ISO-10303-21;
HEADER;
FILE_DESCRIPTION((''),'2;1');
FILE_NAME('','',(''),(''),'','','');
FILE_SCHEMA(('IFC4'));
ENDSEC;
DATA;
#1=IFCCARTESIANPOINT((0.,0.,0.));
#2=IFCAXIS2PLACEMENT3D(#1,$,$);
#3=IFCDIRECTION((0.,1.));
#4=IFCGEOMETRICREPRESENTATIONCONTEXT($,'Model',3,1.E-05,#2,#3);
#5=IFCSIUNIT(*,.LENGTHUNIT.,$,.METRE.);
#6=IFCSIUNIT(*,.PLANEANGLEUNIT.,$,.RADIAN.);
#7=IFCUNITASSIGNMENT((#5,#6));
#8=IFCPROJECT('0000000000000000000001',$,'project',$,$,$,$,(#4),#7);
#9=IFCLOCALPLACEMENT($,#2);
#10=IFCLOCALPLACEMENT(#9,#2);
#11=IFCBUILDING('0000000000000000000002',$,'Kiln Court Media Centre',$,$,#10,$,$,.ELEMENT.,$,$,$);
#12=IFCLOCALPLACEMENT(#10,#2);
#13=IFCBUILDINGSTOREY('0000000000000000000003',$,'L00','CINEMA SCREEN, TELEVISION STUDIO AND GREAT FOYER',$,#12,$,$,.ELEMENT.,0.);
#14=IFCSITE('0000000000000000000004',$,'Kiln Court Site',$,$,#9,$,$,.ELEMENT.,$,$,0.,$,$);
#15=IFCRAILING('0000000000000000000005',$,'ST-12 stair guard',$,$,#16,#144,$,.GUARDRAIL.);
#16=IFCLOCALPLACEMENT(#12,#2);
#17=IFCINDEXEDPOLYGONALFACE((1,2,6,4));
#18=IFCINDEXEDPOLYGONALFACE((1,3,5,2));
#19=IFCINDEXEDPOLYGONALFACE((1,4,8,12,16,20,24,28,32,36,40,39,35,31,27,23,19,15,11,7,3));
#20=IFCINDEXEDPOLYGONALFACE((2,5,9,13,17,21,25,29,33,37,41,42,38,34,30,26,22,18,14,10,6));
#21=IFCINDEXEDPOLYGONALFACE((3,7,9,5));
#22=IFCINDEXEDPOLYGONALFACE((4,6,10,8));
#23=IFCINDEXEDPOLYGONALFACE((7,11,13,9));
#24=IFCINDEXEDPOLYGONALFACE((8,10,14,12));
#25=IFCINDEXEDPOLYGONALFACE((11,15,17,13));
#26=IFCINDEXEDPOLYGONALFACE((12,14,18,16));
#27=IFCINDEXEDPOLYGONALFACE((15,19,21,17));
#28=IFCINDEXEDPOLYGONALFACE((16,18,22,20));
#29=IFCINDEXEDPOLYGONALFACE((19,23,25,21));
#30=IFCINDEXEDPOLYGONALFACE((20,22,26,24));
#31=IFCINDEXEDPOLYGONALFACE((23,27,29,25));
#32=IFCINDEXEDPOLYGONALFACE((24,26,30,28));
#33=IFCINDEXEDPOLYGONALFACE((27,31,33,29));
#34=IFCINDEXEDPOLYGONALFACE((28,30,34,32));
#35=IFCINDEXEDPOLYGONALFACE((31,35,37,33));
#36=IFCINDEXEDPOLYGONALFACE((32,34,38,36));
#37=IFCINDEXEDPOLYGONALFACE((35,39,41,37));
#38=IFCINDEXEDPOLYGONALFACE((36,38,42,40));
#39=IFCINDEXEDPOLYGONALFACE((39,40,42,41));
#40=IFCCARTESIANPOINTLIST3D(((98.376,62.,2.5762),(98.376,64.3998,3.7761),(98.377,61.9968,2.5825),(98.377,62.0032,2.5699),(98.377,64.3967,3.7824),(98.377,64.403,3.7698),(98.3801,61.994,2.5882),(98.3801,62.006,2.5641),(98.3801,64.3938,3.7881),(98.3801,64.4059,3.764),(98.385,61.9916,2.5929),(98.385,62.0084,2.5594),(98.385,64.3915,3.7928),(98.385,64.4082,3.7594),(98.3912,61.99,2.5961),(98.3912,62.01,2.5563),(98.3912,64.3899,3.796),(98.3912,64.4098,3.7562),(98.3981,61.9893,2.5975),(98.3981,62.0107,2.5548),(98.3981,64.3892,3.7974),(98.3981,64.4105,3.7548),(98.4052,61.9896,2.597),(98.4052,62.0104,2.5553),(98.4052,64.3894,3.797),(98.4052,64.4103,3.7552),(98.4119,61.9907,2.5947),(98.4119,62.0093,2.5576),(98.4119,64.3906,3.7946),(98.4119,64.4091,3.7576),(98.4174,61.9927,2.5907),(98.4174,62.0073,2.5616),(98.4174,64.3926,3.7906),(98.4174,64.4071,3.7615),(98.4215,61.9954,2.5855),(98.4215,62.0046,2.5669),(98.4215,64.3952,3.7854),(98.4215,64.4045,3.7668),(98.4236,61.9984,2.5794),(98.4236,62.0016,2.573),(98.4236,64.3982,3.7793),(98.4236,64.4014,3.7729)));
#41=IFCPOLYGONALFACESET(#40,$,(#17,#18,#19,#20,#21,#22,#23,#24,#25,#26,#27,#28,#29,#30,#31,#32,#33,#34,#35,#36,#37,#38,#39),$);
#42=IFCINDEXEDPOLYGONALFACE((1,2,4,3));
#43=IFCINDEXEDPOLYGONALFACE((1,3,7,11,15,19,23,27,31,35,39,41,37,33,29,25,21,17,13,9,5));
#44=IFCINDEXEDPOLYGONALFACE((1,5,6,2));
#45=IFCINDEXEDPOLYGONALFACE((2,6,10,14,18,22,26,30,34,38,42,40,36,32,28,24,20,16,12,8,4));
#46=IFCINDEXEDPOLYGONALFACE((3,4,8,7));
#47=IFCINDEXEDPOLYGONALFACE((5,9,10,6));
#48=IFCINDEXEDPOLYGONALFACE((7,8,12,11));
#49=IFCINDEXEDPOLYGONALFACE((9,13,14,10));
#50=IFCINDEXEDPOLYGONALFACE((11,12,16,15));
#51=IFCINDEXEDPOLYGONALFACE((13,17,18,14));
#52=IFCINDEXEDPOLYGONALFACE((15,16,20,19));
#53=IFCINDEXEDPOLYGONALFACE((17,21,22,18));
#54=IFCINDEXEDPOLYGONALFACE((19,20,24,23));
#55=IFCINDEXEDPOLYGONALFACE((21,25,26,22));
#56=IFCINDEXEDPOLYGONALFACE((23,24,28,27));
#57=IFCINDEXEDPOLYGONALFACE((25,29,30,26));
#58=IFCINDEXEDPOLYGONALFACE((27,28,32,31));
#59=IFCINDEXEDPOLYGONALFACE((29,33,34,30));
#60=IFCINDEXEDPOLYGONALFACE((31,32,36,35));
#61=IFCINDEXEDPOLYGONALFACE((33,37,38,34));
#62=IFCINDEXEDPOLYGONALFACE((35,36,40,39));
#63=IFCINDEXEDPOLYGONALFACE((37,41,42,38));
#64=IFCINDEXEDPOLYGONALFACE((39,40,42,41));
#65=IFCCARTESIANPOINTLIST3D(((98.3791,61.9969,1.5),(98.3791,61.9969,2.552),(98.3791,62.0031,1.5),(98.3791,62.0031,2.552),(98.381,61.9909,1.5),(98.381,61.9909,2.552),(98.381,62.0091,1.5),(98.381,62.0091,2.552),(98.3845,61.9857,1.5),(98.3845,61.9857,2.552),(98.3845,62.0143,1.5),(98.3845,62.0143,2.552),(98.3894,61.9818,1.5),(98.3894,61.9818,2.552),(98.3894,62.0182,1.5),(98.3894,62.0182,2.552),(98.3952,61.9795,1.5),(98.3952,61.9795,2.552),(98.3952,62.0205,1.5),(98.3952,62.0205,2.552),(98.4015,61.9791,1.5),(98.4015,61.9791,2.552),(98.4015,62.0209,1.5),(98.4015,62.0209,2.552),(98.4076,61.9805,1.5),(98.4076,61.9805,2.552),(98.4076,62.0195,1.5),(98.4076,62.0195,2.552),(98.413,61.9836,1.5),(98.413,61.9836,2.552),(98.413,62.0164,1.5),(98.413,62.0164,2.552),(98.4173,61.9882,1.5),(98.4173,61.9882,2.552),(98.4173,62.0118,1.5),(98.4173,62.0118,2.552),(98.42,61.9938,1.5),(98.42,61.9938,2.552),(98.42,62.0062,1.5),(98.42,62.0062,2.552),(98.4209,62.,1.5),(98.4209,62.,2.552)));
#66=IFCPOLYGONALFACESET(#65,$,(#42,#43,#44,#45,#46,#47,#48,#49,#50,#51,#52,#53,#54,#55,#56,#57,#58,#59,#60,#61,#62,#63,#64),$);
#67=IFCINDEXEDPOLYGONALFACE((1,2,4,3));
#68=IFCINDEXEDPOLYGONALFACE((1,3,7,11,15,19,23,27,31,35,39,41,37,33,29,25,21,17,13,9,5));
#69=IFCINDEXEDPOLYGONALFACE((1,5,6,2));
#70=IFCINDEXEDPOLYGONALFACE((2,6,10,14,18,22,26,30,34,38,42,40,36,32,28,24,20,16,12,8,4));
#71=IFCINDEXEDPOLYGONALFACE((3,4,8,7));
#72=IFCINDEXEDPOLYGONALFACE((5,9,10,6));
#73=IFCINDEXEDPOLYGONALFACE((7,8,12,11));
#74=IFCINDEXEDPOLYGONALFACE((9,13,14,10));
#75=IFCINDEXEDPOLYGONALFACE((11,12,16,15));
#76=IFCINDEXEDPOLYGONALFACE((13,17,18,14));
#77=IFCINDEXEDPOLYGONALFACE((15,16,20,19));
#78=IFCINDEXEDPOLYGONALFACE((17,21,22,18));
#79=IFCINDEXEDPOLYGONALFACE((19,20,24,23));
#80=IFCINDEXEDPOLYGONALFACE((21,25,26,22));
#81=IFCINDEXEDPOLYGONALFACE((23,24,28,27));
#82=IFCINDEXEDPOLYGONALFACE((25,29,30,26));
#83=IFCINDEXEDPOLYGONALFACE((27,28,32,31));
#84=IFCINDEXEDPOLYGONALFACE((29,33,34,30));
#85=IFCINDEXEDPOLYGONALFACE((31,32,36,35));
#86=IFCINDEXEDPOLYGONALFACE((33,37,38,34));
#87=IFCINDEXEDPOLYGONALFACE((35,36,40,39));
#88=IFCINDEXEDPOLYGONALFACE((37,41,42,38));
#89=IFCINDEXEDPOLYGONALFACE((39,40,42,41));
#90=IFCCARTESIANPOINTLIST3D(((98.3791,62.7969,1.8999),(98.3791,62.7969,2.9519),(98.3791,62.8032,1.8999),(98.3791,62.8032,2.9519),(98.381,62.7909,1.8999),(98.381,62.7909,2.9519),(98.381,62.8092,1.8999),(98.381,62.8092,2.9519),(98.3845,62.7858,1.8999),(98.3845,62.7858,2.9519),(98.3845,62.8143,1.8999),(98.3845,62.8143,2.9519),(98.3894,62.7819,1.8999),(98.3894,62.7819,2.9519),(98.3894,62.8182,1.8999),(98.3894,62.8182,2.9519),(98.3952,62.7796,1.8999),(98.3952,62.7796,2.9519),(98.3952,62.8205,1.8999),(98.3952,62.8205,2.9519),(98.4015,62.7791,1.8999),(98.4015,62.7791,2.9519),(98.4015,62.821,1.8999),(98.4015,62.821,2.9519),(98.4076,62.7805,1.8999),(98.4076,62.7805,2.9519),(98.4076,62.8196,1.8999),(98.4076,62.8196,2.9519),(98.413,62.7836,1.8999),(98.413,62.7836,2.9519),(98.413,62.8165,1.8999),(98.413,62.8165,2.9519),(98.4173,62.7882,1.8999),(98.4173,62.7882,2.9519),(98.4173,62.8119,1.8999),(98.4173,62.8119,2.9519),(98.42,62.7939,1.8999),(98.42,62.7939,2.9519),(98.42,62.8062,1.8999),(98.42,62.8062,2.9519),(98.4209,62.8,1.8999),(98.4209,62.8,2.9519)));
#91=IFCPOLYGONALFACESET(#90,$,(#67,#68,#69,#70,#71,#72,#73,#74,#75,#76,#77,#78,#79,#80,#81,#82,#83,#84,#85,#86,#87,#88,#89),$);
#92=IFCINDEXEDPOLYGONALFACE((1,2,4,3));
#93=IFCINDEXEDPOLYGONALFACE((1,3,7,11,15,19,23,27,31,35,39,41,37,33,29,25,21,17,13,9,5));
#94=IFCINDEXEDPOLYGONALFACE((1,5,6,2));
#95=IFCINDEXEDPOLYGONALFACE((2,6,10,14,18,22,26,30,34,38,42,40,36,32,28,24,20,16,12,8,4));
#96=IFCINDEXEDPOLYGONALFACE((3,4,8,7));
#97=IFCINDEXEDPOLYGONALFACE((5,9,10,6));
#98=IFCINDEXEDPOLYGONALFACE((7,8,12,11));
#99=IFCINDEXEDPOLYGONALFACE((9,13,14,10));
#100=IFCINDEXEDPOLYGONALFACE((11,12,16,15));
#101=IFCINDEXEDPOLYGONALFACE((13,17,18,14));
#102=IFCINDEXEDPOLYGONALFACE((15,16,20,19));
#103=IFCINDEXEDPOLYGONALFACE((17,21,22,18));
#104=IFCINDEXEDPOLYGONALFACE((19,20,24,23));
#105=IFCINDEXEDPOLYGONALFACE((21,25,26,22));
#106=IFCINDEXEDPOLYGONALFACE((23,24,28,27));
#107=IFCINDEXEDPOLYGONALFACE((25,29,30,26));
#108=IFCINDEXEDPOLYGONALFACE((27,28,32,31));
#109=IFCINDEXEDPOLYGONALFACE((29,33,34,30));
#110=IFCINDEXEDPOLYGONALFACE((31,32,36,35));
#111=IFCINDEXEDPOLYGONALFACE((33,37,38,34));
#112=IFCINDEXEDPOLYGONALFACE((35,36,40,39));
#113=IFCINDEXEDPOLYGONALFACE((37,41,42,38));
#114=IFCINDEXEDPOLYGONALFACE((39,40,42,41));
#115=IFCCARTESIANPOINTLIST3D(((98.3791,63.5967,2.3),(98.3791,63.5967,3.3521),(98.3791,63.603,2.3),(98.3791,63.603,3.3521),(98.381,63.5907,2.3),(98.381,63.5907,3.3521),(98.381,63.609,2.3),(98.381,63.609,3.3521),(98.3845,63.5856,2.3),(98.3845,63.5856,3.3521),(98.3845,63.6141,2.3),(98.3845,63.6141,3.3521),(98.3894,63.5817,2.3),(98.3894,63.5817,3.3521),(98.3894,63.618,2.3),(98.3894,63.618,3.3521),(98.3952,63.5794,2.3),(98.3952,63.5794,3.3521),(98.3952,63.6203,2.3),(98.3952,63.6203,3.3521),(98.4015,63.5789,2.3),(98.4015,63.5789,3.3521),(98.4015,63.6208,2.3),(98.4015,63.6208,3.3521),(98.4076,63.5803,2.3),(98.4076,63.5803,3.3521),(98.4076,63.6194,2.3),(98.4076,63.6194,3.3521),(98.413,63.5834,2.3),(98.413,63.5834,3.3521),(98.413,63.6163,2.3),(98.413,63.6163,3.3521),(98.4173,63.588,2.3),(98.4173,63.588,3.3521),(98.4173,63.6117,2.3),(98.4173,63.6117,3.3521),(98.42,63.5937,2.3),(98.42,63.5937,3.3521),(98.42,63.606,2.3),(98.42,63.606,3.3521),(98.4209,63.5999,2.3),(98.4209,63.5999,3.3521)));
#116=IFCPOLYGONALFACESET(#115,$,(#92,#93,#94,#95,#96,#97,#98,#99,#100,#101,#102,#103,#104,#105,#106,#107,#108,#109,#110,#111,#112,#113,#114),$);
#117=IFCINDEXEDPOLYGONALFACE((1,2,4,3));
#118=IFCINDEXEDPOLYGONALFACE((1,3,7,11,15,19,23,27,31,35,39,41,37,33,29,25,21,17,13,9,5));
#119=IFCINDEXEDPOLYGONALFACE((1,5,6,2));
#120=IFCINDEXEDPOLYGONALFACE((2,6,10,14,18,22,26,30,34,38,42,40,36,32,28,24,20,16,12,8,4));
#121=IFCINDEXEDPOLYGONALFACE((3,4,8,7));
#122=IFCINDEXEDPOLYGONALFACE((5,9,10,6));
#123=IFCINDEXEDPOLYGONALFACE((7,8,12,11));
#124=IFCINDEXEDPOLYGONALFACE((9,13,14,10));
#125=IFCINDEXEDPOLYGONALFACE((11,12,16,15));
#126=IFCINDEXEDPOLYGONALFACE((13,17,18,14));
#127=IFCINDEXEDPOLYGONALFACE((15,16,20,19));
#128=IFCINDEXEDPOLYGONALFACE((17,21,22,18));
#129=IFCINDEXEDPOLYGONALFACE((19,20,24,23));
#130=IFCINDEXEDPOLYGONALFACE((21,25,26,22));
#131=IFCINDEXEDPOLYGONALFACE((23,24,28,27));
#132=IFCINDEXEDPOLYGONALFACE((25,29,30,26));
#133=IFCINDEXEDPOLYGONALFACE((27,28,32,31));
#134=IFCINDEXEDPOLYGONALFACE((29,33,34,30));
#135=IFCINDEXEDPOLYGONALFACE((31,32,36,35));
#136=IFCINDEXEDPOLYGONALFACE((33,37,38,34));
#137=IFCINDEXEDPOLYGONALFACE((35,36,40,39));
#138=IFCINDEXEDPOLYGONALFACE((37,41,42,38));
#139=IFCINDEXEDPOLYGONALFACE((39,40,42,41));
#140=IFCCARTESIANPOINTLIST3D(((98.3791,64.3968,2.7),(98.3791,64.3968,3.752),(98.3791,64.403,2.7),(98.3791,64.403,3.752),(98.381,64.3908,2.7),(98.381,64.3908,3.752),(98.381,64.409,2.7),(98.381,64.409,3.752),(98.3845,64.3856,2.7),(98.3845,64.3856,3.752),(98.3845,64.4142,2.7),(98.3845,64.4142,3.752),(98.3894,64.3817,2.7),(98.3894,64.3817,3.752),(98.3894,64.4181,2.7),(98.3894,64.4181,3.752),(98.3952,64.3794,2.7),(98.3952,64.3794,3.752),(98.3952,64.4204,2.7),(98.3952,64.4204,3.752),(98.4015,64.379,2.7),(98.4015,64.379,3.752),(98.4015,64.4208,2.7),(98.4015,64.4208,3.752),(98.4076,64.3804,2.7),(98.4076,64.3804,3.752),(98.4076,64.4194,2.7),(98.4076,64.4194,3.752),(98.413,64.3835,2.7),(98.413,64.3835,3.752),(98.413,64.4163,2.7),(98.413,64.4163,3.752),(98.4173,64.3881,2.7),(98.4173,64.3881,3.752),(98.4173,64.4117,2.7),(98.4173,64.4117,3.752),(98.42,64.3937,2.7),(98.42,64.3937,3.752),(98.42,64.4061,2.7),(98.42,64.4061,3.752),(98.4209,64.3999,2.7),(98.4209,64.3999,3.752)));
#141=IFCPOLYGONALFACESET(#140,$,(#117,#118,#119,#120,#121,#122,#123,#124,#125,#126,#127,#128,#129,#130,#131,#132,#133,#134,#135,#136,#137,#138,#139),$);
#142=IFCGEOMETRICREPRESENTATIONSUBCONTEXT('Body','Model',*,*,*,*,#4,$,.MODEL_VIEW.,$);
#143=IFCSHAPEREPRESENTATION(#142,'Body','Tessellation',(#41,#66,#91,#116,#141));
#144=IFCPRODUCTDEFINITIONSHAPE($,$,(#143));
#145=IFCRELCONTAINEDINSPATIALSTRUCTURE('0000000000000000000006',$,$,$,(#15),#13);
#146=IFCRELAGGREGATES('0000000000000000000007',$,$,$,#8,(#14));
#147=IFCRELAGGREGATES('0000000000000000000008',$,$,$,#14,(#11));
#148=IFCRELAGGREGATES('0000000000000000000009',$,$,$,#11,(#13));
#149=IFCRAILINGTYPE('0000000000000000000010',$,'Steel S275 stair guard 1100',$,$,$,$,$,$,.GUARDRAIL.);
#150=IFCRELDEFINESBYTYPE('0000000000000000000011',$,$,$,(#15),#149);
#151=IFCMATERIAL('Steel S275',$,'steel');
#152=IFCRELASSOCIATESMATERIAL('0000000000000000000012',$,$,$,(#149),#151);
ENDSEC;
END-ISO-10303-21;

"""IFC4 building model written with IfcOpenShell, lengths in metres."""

from ifc_helpers import new_model, si_unit, direction, frame, origin, origin_2d, place, context, subcontext, project, spatial, circle, extrude, material, type_object, element, save


model = new_model("IFC4")

# Units and contexts
model_context = context("Model", 3, precision=1e-05, world=origin(), true_north=direction((0.0, 1.0)))
body_context = subcontext(model_context, "Body", "Model", "MODEL_VIEW")
ifc_project = project(units=[si_unit("LENGTHUNIT", "METRE"), si_unit("PLANEANGLEUNIT", "RADIAN")], contexts=[model_context])

# Site, building, storey
site_placement = place(None, origin())
site = spatial("IfcSite", under=ifc_project, at=site_placement, Name="Kiln Court Site", CompositionType="ELEMENT", RefElevation=0.0)
building_placement = place(site_placement, origin())
building = spatial("IfcBuilding", under=site, at=building_placement, Name="Kiln Court Media Centre", CompositionType="ELEMENT")
storey_placement = place(building_placement, origin())
storey = spatial("IfcBuildingStorey", under=building, at=storey_placement, Name="L00", Description="CINEMA SCREEN, TELEVISION STUDIO AND GREAT FOYER", CompositionType="ELEMENT", Elevation=0.0)

# Railing
ifc_material_1 = material(Name="Steel S275", Category="steel")
railing_type = type_object("IfcRailingType", Name="Steel S275 stair guard 1100", PredefinedType="GUARDRAIL", material=ifc_material_1)
railing_1_placement = place(storey_placement, frame((98.3999, 62.0, 1.5)))
element("IfcRailing", 1, at=railing_1_placement, inside=storey, type_object=railing_type, Name="ST-12 stair guard", PredefinedType="GUARDRAIL", context=body_context, shape_type="SweptSolid", body=[
    extrude(circle(Radius=0.0239, at=origin_2d()), frame((0.0, 0.0, 1.0762), z_axis=(0.0, 0.894427, 0.447214), x_axis=(-1.0, 0.0, 0.0)), (0.0, 0.0, 1.0), 2.6831),
    extrude(circle(Radius=0.021, at=origin_2d()), origin(), (0.0, 0.0, 1.0), 1.052),
    extrude(circle(Radius=0.021, at=origin_2d()), frame((0.0, 0.8, 0.3999)), (0.0, 0.0, 1.0), 1.052),
    extrude(circle(Radius=0.021, at=origin_2d()), frame((0.0, 1.5999, 0.8)), (0.0, 0.0, 1.0), 1.052),
    extrude(circle(Radius=0.021, at=origin_2d()), frame((0.0, 2.3999, 1.2)), (0.0, 0.0, 1.0), 1.052),
])

save(model, "model.ifc")
